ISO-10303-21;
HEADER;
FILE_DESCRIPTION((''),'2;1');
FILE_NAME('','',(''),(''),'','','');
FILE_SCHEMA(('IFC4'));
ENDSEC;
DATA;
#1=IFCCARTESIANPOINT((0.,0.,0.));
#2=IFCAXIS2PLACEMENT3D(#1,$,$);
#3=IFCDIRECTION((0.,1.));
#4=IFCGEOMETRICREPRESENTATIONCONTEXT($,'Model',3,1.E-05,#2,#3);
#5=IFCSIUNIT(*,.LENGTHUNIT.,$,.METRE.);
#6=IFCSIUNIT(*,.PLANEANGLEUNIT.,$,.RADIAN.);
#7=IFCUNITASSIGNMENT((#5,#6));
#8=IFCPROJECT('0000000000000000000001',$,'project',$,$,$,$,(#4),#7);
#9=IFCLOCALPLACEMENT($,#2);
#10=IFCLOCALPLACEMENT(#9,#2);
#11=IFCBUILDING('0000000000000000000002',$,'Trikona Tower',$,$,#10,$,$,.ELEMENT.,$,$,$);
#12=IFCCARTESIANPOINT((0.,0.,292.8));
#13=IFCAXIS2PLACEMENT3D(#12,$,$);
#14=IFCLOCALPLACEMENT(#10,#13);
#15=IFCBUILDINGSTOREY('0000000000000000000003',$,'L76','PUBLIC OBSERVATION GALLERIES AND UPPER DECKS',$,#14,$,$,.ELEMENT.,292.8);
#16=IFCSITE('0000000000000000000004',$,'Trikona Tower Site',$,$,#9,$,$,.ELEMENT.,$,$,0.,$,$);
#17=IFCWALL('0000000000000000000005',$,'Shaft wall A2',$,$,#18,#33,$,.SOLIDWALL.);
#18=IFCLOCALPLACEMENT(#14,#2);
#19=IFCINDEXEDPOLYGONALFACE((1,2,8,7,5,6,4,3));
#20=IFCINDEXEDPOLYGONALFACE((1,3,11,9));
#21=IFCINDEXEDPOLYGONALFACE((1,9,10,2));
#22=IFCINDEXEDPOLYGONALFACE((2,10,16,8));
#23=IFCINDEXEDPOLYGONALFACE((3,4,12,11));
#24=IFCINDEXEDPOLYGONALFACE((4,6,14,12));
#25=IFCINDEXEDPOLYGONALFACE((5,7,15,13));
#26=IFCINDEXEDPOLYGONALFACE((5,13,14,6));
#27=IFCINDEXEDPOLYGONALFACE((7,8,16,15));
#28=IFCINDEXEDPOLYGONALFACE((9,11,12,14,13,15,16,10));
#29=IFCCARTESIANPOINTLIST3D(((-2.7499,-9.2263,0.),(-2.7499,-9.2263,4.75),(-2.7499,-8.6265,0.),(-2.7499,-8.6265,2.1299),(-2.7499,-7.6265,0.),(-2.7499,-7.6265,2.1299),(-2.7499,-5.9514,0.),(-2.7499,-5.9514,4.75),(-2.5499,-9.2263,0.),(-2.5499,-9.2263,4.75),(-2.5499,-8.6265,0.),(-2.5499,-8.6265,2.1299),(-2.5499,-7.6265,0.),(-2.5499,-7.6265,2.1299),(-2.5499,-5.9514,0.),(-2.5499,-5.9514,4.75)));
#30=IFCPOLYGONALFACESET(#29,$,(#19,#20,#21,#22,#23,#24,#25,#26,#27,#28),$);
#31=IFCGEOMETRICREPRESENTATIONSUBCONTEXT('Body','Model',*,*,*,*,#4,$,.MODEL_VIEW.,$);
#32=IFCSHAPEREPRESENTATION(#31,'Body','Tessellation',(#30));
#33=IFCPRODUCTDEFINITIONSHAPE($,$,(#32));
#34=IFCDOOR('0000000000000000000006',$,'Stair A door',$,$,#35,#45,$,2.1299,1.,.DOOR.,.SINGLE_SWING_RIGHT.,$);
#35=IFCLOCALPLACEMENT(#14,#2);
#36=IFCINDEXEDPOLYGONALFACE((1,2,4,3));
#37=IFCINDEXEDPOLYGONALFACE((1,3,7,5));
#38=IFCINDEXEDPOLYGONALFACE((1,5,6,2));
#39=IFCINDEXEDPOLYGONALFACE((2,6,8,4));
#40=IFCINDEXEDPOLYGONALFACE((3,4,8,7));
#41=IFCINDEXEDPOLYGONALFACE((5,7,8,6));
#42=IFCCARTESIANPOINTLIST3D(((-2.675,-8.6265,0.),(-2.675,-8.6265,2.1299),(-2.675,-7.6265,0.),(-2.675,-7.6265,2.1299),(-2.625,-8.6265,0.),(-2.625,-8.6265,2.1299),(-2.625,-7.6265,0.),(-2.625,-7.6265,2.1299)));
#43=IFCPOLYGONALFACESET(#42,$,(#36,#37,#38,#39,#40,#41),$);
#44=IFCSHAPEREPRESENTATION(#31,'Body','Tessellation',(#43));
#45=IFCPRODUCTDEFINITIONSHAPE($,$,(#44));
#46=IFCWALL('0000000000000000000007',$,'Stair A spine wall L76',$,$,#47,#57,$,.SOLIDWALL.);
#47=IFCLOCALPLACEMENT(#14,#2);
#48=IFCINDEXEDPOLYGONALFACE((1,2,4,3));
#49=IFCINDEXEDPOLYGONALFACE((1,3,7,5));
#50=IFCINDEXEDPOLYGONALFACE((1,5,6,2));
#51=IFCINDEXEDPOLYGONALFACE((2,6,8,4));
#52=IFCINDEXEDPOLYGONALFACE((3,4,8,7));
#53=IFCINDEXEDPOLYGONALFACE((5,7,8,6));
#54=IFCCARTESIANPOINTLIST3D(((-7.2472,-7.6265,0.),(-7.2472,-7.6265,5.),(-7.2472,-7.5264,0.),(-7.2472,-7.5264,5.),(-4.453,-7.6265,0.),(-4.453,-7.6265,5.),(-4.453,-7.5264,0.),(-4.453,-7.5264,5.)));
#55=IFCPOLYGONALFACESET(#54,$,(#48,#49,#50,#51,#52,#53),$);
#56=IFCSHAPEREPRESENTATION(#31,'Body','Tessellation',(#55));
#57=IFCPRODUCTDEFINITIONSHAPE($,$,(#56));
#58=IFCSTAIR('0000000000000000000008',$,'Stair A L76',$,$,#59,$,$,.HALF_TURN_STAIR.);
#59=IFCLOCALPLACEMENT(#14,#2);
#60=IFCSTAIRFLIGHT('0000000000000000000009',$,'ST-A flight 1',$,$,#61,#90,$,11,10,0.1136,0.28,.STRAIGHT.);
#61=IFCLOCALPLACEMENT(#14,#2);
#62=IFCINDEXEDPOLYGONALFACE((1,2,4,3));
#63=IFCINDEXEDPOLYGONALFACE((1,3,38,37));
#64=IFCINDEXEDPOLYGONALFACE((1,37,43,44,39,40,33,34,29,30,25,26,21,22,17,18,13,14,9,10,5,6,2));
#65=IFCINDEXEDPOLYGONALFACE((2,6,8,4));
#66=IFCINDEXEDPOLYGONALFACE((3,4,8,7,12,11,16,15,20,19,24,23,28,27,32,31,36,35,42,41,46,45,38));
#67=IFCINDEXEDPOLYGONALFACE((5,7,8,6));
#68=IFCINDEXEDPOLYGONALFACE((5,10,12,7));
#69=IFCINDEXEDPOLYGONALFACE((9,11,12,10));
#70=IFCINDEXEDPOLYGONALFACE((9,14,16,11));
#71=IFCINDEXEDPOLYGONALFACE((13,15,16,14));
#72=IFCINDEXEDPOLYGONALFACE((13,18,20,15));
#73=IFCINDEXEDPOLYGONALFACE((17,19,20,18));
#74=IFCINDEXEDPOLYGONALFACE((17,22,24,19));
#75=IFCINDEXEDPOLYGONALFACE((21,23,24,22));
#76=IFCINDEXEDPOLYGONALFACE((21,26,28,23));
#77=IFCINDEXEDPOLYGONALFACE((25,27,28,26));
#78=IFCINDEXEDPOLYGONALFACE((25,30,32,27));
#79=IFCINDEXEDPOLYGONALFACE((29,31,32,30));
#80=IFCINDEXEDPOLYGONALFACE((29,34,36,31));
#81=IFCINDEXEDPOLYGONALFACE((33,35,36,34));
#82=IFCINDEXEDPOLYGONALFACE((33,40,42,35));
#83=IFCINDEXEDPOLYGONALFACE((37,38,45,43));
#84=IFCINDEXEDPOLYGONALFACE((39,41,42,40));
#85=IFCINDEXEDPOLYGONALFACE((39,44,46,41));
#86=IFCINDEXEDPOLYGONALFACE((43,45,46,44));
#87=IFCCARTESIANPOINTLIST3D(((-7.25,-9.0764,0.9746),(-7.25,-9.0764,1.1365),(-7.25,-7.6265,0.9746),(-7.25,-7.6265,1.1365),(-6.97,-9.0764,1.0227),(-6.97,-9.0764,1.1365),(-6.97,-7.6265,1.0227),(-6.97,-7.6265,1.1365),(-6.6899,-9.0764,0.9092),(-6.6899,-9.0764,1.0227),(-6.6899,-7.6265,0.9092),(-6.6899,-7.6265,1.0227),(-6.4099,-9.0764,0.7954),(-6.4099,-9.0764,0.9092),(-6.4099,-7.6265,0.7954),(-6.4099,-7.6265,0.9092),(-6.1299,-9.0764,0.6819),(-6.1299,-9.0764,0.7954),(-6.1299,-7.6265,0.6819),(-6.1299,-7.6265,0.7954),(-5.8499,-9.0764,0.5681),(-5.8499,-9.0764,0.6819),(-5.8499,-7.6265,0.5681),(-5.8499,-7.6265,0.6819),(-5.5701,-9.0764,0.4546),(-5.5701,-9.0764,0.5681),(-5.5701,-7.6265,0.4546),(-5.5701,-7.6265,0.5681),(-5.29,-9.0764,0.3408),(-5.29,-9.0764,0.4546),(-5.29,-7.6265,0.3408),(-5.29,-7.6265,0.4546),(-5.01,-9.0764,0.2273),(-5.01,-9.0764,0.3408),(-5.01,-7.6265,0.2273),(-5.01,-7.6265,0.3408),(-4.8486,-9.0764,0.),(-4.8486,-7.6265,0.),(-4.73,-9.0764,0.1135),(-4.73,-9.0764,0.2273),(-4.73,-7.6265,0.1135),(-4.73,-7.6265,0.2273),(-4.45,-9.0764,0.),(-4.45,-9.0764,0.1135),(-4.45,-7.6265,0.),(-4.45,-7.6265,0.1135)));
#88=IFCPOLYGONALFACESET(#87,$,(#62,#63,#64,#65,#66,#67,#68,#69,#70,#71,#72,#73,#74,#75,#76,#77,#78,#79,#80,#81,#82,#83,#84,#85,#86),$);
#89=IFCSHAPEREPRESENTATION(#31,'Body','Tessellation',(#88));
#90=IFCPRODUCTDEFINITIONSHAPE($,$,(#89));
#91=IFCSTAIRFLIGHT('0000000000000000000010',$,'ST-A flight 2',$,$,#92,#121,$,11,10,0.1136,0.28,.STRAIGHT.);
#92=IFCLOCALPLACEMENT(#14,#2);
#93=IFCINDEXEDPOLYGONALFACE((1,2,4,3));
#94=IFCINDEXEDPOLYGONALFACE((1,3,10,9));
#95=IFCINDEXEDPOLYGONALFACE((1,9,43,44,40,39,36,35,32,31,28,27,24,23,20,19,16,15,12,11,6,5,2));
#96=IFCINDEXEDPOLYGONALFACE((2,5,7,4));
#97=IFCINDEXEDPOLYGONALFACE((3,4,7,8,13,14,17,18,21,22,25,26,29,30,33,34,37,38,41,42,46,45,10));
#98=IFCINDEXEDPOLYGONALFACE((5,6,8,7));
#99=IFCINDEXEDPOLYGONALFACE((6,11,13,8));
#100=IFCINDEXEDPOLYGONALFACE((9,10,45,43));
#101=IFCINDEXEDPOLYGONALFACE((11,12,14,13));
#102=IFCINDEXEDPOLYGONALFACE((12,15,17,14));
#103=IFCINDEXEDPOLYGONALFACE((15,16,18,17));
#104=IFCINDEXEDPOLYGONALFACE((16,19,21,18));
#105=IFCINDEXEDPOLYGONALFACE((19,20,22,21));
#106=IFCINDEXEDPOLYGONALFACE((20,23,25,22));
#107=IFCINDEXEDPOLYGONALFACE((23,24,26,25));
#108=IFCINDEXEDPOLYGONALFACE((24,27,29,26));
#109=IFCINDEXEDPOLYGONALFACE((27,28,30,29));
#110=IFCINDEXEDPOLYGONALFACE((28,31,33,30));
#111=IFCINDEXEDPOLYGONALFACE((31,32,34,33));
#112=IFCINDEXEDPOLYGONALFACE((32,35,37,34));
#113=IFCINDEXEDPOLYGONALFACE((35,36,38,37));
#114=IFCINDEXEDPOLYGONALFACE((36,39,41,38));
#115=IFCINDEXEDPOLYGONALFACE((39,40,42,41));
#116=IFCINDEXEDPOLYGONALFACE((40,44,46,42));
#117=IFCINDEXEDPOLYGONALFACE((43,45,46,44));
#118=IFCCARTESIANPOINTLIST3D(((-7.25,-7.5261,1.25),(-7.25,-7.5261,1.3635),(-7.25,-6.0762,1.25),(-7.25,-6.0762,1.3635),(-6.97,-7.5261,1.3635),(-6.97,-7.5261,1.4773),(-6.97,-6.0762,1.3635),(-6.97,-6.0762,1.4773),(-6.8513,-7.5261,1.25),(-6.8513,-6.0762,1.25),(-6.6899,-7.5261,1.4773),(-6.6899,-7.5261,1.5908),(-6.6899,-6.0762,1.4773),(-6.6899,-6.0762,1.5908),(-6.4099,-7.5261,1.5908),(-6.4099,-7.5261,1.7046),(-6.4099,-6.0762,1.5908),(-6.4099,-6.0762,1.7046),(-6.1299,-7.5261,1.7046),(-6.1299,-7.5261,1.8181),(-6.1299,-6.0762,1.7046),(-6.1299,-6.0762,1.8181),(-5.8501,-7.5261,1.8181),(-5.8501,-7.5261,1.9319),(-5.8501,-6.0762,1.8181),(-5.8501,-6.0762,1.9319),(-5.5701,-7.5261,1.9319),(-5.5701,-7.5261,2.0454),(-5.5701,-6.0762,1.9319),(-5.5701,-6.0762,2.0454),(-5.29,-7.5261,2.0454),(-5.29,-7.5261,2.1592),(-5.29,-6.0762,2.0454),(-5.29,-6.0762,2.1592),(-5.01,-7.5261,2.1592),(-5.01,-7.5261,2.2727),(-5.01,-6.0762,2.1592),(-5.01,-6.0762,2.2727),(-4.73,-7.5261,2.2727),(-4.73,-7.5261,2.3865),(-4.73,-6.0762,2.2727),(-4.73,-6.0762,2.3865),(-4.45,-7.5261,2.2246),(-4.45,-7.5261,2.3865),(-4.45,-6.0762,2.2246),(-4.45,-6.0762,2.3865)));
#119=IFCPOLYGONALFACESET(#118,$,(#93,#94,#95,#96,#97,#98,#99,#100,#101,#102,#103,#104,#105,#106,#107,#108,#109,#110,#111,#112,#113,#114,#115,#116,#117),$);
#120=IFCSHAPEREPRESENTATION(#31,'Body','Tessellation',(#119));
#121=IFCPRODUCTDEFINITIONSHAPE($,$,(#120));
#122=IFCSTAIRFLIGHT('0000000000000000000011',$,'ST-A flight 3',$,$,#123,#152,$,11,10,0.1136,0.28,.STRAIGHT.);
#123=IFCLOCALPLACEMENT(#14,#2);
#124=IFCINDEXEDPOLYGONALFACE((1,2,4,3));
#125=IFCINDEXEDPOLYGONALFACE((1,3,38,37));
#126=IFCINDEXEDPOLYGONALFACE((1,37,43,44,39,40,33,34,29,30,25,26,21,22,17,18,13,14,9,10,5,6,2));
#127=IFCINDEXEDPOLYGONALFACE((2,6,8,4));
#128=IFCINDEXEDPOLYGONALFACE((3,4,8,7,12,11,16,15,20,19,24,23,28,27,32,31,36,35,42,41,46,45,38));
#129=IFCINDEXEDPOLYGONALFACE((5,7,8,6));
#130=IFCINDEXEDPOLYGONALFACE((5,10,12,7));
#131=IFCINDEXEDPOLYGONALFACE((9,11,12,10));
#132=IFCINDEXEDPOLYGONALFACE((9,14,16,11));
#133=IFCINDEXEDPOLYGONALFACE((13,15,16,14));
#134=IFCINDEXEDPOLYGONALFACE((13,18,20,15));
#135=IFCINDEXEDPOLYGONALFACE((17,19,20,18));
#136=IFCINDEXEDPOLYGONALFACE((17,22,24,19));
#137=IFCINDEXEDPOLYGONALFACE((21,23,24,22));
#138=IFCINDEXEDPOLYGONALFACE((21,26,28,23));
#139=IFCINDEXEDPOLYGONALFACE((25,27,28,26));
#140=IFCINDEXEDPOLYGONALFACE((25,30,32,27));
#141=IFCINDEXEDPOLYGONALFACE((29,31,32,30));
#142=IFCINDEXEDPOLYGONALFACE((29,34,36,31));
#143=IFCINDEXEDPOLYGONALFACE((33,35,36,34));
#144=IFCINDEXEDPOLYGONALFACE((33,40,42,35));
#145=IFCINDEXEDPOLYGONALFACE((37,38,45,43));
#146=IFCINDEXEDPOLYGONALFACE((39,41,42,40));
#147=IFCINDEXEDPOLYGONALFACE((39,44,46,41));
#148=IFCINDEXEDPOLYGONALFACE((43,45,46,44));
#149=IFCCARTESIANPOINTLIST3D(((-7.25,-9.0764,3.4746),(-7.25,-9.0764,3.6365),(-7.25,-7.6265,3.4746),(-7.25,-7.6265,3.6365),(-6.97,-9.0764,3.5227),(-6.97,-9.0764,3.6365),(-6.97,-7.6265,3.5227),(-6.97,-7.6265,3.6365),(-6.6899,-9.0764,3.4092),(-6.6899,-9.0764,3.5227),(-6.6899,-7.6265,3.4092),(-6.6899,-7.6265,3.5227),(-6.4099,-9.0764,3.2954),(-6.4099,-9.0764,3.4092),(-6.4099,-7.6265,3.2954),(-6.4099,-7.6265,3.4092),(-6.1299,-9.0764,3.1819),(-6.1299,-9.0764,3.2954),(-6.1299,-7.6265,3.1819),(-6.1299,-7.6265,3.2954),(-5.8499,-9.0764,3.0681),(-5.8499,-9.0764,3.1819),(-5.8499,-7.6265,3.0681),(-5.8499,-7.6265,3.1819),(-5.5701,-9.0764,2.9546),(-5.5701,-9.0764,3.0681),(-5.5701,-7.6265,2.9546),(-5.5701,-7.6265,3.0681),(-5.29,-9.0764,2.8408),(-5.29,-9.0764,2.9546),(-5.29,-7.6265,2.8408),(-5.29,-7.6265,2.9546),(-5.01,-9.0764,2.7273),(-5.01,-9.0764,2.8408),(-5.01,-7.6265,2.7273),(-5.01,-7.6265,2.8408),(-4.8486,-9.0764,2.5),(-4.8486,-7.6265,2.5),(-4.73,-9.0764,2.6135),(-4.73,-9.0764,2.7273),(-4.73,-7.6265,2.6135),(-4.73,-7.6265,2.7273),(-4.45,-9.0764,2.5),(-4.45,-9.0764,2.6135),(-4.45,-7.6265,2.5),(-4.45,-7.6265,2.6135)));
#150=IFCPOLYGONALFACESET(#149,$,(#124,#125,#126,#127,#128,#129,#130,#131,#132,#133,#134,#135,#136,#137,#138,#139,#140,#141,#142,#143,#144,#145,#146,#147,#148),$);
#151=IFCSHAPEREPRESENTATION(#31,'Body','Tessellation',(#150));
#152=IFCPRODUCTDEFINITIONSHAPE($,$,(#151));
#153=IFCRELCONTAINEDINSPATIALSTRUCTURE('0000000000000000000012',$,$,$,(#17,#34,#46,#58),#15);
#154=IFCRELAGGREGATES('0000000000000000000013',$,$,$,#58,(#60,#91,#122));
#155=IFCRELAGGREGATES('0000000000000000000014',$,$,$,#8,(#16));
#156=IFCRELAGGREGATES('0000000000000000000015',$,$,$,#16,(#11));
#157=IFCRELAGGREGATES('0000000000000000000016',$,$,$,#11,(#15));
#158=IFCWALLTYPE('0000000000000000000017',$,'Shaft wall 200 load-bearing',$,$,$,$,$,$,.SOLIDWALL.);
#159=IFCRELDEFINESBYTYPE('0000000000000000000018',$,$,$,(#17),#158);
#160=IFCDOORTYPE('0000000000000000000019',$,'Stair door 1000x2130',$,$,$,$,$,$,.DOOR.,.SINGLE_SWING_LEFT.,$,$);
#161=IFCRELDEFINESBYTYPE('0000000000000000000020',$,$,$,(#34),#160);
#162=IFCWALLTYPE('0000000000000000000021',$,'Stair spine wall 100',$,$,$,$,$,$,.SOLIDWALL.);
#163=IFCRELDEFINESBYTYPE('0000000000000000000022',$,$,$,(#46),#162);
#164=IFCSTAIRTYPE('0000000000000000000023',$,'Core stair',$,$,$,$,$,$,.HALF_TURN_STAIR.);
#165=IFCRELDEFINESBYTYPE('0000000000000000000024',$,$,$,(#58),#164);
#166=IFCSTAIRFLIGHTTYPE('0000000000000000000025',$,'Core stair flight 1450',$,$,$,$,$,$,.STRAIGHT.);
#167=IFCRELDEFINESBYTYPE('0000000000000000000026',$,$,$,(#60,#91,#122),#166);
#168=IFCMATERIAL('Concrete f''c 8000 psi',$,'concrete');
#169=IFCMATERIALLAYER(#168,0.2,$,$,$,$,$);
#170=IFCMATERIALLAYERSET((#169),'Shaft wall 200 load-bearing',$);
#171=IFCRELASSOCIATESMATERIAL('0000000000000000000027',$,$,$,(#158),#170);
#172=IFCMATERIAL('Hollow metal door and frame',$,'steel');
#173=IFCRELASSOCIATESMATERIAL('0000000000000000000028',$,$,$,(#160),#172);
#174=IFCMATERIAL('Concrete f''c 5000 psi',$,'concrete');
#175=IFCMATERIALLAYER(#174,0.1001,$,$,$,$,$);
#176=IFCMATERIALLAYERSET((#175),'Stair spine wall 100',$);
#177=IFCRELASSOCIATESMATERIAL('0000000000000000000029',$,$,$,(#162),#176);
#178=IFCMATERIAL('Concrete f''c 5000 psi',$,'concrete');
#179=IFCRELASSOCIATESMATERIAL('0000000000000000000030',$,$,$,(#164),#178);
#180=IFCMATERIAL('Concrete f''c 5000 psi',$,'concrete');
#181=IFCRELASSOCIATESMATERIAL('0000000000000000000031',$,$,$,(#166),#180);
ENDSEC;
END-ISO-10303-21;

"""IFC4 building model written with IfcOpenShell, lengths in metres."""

from ifc_helpers import new_model, si_unit, direction, frame, frame_2d, origin, place, context, subcontext, project, spatial, polyline, rectangle, outline, extrude, material, layer, layer_set, type_object, element, fill, aggregate, save


model = new_model("IFC4")

# Units and contexts
model_context = context("Model", 3, precision=1e-05, world=origin(), true_north=direction((0.0, 1.0)))
body_context = subcontext(model_context, "Body", "Model", "MODEL_VIEW")
ifc_project = project(units=[si_unit("LENGTHUNIT", "METRE"), si_unit("PLANEANGLEUNIT", "RADIAN")], contexts=[model_context])

# Site, building, storey
site_placement = place(None, origin())
site = spatial("IfcSite", under=ifc_project, at=site_placement, Name="Trikona Tower Site", CompositionType="ELEMENT", RefElevation=0.0)
building_placement = place(site_placement, origin())
building = spatial("IfcBuilding", under=site, at=building_placement, Name="Trikona Tower", CompositionType="ELEMENT")
storey_placement = place(building_placement, frame((0.0, 0.0, 292.8)))
storey = spatial("IfcBuildingStorey", under=building, at=storey_placement, Name="L76", Description="PUBLIC OBSERVATION GALLERIES AND UPPER DECKS", CompositionType="ELEMENT", Elevation=292.8)

# Shared definitions
ifc_material_1 = material(Name="Concrete f'c 8000 psi", Category="concrete")
ifc_layer_1 = layer(ifc_material_1, 0.2)
ifc_layer_set_1 = layer_set([ifc_layer_1], Name="Shaft wall 200 load-bearing")
wall_type_1 = type_object("IfcWallType", Name="Shaft wall 200 load-bearing", PredefinedType="SOLIDWALL", material=ifc_layer_set_1)

# Wall, opening, door
wall_1_placement = place(storey_placement, frame((-2.6499, -5.9514, 0.0), z_axis=(0.0, 0.0, 1.0), x_axis=(0.0, -1.0, 0.0)))
wall_1 = element("IfcWall", 1, at=wall_1_placement, inside=storey, type_object=wall_type_1, Name="Shaft wall A2", PredefinedType="SOLIDWALL", context=body_context, shape_type="SweptSolid", body=[
    extrude(rectangle(XDim=3.2749, YDim=0.2, at=frame_2d((1.6375, 0.0))), origin(), (0.0, 0.0, 1.0), 4.75),
])
opening_1_placement = place(wall_1_placement, frame((1.675, 0.0, 0.0)))
opening_1 = element("IfcOpeningElement", 2, at=opening_1_placement, cuts=wall_1, PredefinedType="OPENING", context=body_context, shape_type="SweptSolid", body=[
    extrude(rectangle(XDim=1.0, YDim=2.1299, at=frame_2d((0.5, 1.0649))), frame((0.0, 0.1099, 0.0), z_axis=(0.0, -1.0, 0.0), x_axis=(1.0, 0.0, 0.0)), (0.0, 0.0, 1.0), 0.22),
])
ifc_material_2 = material(Name="Hollow metal door and frame", Category="steel")
door_type_1 = type_object("IfcDoorType", Name="Stair door 1000x2130", OperationType="SINGLE_SWING_LEFT", PredefinedType="DOOR", material=ifc_material_2)
door_1_placement = place(opening_1_placement, origin())
door_1 = element("IfcDoor", 3, at=door_1_placement, inside=storey, type_object=door_type_1, Name="Stair A door", OperationType="SINGLE_SWING_RIGHT", OverallHeight=2.1299, OverallWidth=1.0, PredefinedType="DOOR", context=body_context, shape_type="SweptSolid", body=[
    extrude(rectangle(XDim=1.0, YDim=2.1299, at=frame_2d((0.5, 1.0649))), frame((0.0, 0.0249, 0.0), z_axis=(0.0, -1.0, 0.0), x_axis=(1.0, 0.0, 0.0)), (0.0, 0.0, 1.0), 0.05),
])
fill(opening_1, door_1)

# Wall
ifc_material_3 = material(Name="Concrete f'c 5000 psi", Category="concrete")
ifc_layer_2 = layer(ifc_material_3, 0.1001)
ifc_layer_set_2 = layer_set([ifc_layer_2], Name="Stair spine wall 100")
wall_type_2 = type_object("IfcWallType", Name="Stair spine wall 100", PredefinedType="SOLIDWALL", material=ifc_layer_set_2)
wall_2_placement = place(storey_placement, frame((-7.2471, -7.5764, 0.0), z_axis=(0.0, 0.0, 1.0), x_axis=(1.0, 0.0, 0.0)))
element("IfcWall", 4, at=wall_2_placement, inside=storey, type_object=wall_type_2, Name="Stair A spine wall L76", PredefinedType="SOLIDWALL", context=body_context, shape_type="SweptSolid", body=[
    extrude(rectangle(XDim=2.7942, YDim=0.1001, at=frame_2d((1.397, 0.0))), origin(), (0.0, 0.0, 1.0), 5.0),
])

# Stair, stair flights
ifc_material_4 = material(Name="Concrete f'c 5000 psi", Category="concrete")
stair_type = type_object("IfcStairType", Name="Core stair", PredefinedType="HALF_TURN_STAIR", material=ifc_material_4)
stair_placement = place(storey_placement, origin())
stair = element("IfcStair", 5, at=stair_placement, inside=storey, type_object=stair_type, Name="Stair A L76", PredefinedType="HALF_TURN_STAIR")
ifc_material_5 = material(Name="Concrete f'c 5000 psi", Category="concrete")
stair_flight_type = type_object("IfcStairFlightType", Name="Core stair flight 1450", PredefinedType="STRAIGHT", material=ifc_material_5)
stair_flight_1_placement = place(storey_placement, frame((-4.45, -8.3513, 0.0), z_axis=(0.0, 0.0, 1.0), x_axis=(-1.0, 0.0, 0.0)))
stair_flight_1 = element("IfcStairFlight", 6, at=stair_flight_1_placement, type_object=stair_flight_type, Name="ST-A flight 1", NumberOfRisers=11, NumberOfTreads=10, PredefinedType="STRAIGHT", RiserHeight=0.1136, TreadLength=0.28, context=body_context, shape_type="SweptSolid", body=[
    extrude(outline(polyline([(0.0, 0.0), (0.0, 0.1135), (0.28, 0.1135), (0.28, 0.2273), (0.5601, 0.2273), (0.5601, 0.3408), (0.8401, 0.3408), (0.8401, 0.4546), (1.1201, 0.4546), (1.1201, 0.5681), (1.3999, 0.5681), (1.3999, 0.6819), (1.6799, 0.6819), (1.6799, 0.7954), (1.96, 0.7954), (1.96, 0.9092), (2.24, 0.9092), (2.24, 1.0227), (2.52, 1.0227), (2.52, 1.1365), (2.8, 1.1365), (2.8, 1.25), (2.8, 0.9746), (0.3987, 0.0), (0.0, 0.0)])), frame((0.0, 0.7251, 0.0), z_axis=(0.0, -1.0, 0.0), x_axis=(1.0, 0.0, 0.0)), (0.0, 0.0, 1.0), 1.45),
])
stair_flight_2_placement = place(storey_placement, frame((-7.25, -6.8013, 1.25), z_axis=(0.0, 0.0, 1.0), x_axis=(1.0, 0.0, 0.0)))
stair_flight_2 = element("IfcStairFlight", 7, at=stair_flight_2_placement, type_object=stair_flight_type, Name="ST-A flight 2", NumberOfRisers=11, NumberOfTreads=10, PredefinedType="STRAIGHT", RiserHeight=0.1136, TreadLength=0.28, context=body_context, shape_type="SweptSolid", body=[
    extrude(outline(polyline([(0.0, 0.0), (0.0, 0.1135), (0.28, 0.1135), (0.28, 0.2273), (0.5601, 0.2273), (0.5601, 0.3408), (0.8401, 0.3408), (0.8401, 0.4546), (1.1201, 0.4546), (1.1201, 0.5681), (1.3999, 0.5681), (1.3999, 0.6819), (1.6799, 0.6819), (1.6799, 0.7954), (1.96, 0.7954), (1.96, 0.9092), (2.24, 0.9092), (2.24, 1.0227), (2.52, 1.0227), (2.52, 1.1365), (2.8, 1.1365), (2.8, 1.25), (2.8, 0.9746), (0.3987, 0.0), (0.0, 0.0)])), frame((0.0, 0.7251, 0.0), z_axis=(0.0, -1.0, 0.0), x_axis=(1.0, 0.0, 0.0)), (0.0, 0.0, 1.0), 1.45),
])
stair_flight_3_placement = place(storey_placement, frame((-4.45, -8.3513, 2.5), z_axis=(0.0, 0.0, 1.0), x_axis=(-1.0, 0.0, 0.0)))
stair_flight_3 = element("IfcStairFlight", 8, at=stair_flight_3_placement, type_object=stair_flight_type, Name="ST-A flight 3", NumberOfRisers=11, NumberOfTreads=10, PredefinedType="STRAIGHT", RiserHeight=0.1136, TreadLength=0.28, context=body_context, shape_type="SweptSolid", body=[
    extrude(outline(polyline([(0.0, 0.0), (0.0, 0.1135), (0.28, 0.1135), (0.28, 0.2273), (0.5601, 0.2273), (0.5601, 0.3408), (0.8401, 0.3408), (0.8401, 0.4546), (1.1201, 0.4546), (1.1201, 0.5681), (1.3999, 0.5681), (1.3999, 0.6819), (1.6799, 0.6819), (1.6799, 0.7954), (1.96, 0.7954), (1.96, 0.9092), (2.24, 0.9092), (2.24, 1.0227), (2.52, 1.0227), (2.52, 1.1365), (2.8, 1.1365), (2.8, 1.25), (2.8, 0.9746), (0.3987, 0.0), (0.0, 0.0)])), frame((0.0, 0.7251, 0.0), z_axis=(0.0, -1.0, 0.0), x_axis=(1.0, 0.0, 0.0)), (0.0, 0.0, 1.0), 1.45),
])
aggregate(stair, [stair_flight_1, stair_flight_2, stair_flight_3])

save(model, "model.ifc")
